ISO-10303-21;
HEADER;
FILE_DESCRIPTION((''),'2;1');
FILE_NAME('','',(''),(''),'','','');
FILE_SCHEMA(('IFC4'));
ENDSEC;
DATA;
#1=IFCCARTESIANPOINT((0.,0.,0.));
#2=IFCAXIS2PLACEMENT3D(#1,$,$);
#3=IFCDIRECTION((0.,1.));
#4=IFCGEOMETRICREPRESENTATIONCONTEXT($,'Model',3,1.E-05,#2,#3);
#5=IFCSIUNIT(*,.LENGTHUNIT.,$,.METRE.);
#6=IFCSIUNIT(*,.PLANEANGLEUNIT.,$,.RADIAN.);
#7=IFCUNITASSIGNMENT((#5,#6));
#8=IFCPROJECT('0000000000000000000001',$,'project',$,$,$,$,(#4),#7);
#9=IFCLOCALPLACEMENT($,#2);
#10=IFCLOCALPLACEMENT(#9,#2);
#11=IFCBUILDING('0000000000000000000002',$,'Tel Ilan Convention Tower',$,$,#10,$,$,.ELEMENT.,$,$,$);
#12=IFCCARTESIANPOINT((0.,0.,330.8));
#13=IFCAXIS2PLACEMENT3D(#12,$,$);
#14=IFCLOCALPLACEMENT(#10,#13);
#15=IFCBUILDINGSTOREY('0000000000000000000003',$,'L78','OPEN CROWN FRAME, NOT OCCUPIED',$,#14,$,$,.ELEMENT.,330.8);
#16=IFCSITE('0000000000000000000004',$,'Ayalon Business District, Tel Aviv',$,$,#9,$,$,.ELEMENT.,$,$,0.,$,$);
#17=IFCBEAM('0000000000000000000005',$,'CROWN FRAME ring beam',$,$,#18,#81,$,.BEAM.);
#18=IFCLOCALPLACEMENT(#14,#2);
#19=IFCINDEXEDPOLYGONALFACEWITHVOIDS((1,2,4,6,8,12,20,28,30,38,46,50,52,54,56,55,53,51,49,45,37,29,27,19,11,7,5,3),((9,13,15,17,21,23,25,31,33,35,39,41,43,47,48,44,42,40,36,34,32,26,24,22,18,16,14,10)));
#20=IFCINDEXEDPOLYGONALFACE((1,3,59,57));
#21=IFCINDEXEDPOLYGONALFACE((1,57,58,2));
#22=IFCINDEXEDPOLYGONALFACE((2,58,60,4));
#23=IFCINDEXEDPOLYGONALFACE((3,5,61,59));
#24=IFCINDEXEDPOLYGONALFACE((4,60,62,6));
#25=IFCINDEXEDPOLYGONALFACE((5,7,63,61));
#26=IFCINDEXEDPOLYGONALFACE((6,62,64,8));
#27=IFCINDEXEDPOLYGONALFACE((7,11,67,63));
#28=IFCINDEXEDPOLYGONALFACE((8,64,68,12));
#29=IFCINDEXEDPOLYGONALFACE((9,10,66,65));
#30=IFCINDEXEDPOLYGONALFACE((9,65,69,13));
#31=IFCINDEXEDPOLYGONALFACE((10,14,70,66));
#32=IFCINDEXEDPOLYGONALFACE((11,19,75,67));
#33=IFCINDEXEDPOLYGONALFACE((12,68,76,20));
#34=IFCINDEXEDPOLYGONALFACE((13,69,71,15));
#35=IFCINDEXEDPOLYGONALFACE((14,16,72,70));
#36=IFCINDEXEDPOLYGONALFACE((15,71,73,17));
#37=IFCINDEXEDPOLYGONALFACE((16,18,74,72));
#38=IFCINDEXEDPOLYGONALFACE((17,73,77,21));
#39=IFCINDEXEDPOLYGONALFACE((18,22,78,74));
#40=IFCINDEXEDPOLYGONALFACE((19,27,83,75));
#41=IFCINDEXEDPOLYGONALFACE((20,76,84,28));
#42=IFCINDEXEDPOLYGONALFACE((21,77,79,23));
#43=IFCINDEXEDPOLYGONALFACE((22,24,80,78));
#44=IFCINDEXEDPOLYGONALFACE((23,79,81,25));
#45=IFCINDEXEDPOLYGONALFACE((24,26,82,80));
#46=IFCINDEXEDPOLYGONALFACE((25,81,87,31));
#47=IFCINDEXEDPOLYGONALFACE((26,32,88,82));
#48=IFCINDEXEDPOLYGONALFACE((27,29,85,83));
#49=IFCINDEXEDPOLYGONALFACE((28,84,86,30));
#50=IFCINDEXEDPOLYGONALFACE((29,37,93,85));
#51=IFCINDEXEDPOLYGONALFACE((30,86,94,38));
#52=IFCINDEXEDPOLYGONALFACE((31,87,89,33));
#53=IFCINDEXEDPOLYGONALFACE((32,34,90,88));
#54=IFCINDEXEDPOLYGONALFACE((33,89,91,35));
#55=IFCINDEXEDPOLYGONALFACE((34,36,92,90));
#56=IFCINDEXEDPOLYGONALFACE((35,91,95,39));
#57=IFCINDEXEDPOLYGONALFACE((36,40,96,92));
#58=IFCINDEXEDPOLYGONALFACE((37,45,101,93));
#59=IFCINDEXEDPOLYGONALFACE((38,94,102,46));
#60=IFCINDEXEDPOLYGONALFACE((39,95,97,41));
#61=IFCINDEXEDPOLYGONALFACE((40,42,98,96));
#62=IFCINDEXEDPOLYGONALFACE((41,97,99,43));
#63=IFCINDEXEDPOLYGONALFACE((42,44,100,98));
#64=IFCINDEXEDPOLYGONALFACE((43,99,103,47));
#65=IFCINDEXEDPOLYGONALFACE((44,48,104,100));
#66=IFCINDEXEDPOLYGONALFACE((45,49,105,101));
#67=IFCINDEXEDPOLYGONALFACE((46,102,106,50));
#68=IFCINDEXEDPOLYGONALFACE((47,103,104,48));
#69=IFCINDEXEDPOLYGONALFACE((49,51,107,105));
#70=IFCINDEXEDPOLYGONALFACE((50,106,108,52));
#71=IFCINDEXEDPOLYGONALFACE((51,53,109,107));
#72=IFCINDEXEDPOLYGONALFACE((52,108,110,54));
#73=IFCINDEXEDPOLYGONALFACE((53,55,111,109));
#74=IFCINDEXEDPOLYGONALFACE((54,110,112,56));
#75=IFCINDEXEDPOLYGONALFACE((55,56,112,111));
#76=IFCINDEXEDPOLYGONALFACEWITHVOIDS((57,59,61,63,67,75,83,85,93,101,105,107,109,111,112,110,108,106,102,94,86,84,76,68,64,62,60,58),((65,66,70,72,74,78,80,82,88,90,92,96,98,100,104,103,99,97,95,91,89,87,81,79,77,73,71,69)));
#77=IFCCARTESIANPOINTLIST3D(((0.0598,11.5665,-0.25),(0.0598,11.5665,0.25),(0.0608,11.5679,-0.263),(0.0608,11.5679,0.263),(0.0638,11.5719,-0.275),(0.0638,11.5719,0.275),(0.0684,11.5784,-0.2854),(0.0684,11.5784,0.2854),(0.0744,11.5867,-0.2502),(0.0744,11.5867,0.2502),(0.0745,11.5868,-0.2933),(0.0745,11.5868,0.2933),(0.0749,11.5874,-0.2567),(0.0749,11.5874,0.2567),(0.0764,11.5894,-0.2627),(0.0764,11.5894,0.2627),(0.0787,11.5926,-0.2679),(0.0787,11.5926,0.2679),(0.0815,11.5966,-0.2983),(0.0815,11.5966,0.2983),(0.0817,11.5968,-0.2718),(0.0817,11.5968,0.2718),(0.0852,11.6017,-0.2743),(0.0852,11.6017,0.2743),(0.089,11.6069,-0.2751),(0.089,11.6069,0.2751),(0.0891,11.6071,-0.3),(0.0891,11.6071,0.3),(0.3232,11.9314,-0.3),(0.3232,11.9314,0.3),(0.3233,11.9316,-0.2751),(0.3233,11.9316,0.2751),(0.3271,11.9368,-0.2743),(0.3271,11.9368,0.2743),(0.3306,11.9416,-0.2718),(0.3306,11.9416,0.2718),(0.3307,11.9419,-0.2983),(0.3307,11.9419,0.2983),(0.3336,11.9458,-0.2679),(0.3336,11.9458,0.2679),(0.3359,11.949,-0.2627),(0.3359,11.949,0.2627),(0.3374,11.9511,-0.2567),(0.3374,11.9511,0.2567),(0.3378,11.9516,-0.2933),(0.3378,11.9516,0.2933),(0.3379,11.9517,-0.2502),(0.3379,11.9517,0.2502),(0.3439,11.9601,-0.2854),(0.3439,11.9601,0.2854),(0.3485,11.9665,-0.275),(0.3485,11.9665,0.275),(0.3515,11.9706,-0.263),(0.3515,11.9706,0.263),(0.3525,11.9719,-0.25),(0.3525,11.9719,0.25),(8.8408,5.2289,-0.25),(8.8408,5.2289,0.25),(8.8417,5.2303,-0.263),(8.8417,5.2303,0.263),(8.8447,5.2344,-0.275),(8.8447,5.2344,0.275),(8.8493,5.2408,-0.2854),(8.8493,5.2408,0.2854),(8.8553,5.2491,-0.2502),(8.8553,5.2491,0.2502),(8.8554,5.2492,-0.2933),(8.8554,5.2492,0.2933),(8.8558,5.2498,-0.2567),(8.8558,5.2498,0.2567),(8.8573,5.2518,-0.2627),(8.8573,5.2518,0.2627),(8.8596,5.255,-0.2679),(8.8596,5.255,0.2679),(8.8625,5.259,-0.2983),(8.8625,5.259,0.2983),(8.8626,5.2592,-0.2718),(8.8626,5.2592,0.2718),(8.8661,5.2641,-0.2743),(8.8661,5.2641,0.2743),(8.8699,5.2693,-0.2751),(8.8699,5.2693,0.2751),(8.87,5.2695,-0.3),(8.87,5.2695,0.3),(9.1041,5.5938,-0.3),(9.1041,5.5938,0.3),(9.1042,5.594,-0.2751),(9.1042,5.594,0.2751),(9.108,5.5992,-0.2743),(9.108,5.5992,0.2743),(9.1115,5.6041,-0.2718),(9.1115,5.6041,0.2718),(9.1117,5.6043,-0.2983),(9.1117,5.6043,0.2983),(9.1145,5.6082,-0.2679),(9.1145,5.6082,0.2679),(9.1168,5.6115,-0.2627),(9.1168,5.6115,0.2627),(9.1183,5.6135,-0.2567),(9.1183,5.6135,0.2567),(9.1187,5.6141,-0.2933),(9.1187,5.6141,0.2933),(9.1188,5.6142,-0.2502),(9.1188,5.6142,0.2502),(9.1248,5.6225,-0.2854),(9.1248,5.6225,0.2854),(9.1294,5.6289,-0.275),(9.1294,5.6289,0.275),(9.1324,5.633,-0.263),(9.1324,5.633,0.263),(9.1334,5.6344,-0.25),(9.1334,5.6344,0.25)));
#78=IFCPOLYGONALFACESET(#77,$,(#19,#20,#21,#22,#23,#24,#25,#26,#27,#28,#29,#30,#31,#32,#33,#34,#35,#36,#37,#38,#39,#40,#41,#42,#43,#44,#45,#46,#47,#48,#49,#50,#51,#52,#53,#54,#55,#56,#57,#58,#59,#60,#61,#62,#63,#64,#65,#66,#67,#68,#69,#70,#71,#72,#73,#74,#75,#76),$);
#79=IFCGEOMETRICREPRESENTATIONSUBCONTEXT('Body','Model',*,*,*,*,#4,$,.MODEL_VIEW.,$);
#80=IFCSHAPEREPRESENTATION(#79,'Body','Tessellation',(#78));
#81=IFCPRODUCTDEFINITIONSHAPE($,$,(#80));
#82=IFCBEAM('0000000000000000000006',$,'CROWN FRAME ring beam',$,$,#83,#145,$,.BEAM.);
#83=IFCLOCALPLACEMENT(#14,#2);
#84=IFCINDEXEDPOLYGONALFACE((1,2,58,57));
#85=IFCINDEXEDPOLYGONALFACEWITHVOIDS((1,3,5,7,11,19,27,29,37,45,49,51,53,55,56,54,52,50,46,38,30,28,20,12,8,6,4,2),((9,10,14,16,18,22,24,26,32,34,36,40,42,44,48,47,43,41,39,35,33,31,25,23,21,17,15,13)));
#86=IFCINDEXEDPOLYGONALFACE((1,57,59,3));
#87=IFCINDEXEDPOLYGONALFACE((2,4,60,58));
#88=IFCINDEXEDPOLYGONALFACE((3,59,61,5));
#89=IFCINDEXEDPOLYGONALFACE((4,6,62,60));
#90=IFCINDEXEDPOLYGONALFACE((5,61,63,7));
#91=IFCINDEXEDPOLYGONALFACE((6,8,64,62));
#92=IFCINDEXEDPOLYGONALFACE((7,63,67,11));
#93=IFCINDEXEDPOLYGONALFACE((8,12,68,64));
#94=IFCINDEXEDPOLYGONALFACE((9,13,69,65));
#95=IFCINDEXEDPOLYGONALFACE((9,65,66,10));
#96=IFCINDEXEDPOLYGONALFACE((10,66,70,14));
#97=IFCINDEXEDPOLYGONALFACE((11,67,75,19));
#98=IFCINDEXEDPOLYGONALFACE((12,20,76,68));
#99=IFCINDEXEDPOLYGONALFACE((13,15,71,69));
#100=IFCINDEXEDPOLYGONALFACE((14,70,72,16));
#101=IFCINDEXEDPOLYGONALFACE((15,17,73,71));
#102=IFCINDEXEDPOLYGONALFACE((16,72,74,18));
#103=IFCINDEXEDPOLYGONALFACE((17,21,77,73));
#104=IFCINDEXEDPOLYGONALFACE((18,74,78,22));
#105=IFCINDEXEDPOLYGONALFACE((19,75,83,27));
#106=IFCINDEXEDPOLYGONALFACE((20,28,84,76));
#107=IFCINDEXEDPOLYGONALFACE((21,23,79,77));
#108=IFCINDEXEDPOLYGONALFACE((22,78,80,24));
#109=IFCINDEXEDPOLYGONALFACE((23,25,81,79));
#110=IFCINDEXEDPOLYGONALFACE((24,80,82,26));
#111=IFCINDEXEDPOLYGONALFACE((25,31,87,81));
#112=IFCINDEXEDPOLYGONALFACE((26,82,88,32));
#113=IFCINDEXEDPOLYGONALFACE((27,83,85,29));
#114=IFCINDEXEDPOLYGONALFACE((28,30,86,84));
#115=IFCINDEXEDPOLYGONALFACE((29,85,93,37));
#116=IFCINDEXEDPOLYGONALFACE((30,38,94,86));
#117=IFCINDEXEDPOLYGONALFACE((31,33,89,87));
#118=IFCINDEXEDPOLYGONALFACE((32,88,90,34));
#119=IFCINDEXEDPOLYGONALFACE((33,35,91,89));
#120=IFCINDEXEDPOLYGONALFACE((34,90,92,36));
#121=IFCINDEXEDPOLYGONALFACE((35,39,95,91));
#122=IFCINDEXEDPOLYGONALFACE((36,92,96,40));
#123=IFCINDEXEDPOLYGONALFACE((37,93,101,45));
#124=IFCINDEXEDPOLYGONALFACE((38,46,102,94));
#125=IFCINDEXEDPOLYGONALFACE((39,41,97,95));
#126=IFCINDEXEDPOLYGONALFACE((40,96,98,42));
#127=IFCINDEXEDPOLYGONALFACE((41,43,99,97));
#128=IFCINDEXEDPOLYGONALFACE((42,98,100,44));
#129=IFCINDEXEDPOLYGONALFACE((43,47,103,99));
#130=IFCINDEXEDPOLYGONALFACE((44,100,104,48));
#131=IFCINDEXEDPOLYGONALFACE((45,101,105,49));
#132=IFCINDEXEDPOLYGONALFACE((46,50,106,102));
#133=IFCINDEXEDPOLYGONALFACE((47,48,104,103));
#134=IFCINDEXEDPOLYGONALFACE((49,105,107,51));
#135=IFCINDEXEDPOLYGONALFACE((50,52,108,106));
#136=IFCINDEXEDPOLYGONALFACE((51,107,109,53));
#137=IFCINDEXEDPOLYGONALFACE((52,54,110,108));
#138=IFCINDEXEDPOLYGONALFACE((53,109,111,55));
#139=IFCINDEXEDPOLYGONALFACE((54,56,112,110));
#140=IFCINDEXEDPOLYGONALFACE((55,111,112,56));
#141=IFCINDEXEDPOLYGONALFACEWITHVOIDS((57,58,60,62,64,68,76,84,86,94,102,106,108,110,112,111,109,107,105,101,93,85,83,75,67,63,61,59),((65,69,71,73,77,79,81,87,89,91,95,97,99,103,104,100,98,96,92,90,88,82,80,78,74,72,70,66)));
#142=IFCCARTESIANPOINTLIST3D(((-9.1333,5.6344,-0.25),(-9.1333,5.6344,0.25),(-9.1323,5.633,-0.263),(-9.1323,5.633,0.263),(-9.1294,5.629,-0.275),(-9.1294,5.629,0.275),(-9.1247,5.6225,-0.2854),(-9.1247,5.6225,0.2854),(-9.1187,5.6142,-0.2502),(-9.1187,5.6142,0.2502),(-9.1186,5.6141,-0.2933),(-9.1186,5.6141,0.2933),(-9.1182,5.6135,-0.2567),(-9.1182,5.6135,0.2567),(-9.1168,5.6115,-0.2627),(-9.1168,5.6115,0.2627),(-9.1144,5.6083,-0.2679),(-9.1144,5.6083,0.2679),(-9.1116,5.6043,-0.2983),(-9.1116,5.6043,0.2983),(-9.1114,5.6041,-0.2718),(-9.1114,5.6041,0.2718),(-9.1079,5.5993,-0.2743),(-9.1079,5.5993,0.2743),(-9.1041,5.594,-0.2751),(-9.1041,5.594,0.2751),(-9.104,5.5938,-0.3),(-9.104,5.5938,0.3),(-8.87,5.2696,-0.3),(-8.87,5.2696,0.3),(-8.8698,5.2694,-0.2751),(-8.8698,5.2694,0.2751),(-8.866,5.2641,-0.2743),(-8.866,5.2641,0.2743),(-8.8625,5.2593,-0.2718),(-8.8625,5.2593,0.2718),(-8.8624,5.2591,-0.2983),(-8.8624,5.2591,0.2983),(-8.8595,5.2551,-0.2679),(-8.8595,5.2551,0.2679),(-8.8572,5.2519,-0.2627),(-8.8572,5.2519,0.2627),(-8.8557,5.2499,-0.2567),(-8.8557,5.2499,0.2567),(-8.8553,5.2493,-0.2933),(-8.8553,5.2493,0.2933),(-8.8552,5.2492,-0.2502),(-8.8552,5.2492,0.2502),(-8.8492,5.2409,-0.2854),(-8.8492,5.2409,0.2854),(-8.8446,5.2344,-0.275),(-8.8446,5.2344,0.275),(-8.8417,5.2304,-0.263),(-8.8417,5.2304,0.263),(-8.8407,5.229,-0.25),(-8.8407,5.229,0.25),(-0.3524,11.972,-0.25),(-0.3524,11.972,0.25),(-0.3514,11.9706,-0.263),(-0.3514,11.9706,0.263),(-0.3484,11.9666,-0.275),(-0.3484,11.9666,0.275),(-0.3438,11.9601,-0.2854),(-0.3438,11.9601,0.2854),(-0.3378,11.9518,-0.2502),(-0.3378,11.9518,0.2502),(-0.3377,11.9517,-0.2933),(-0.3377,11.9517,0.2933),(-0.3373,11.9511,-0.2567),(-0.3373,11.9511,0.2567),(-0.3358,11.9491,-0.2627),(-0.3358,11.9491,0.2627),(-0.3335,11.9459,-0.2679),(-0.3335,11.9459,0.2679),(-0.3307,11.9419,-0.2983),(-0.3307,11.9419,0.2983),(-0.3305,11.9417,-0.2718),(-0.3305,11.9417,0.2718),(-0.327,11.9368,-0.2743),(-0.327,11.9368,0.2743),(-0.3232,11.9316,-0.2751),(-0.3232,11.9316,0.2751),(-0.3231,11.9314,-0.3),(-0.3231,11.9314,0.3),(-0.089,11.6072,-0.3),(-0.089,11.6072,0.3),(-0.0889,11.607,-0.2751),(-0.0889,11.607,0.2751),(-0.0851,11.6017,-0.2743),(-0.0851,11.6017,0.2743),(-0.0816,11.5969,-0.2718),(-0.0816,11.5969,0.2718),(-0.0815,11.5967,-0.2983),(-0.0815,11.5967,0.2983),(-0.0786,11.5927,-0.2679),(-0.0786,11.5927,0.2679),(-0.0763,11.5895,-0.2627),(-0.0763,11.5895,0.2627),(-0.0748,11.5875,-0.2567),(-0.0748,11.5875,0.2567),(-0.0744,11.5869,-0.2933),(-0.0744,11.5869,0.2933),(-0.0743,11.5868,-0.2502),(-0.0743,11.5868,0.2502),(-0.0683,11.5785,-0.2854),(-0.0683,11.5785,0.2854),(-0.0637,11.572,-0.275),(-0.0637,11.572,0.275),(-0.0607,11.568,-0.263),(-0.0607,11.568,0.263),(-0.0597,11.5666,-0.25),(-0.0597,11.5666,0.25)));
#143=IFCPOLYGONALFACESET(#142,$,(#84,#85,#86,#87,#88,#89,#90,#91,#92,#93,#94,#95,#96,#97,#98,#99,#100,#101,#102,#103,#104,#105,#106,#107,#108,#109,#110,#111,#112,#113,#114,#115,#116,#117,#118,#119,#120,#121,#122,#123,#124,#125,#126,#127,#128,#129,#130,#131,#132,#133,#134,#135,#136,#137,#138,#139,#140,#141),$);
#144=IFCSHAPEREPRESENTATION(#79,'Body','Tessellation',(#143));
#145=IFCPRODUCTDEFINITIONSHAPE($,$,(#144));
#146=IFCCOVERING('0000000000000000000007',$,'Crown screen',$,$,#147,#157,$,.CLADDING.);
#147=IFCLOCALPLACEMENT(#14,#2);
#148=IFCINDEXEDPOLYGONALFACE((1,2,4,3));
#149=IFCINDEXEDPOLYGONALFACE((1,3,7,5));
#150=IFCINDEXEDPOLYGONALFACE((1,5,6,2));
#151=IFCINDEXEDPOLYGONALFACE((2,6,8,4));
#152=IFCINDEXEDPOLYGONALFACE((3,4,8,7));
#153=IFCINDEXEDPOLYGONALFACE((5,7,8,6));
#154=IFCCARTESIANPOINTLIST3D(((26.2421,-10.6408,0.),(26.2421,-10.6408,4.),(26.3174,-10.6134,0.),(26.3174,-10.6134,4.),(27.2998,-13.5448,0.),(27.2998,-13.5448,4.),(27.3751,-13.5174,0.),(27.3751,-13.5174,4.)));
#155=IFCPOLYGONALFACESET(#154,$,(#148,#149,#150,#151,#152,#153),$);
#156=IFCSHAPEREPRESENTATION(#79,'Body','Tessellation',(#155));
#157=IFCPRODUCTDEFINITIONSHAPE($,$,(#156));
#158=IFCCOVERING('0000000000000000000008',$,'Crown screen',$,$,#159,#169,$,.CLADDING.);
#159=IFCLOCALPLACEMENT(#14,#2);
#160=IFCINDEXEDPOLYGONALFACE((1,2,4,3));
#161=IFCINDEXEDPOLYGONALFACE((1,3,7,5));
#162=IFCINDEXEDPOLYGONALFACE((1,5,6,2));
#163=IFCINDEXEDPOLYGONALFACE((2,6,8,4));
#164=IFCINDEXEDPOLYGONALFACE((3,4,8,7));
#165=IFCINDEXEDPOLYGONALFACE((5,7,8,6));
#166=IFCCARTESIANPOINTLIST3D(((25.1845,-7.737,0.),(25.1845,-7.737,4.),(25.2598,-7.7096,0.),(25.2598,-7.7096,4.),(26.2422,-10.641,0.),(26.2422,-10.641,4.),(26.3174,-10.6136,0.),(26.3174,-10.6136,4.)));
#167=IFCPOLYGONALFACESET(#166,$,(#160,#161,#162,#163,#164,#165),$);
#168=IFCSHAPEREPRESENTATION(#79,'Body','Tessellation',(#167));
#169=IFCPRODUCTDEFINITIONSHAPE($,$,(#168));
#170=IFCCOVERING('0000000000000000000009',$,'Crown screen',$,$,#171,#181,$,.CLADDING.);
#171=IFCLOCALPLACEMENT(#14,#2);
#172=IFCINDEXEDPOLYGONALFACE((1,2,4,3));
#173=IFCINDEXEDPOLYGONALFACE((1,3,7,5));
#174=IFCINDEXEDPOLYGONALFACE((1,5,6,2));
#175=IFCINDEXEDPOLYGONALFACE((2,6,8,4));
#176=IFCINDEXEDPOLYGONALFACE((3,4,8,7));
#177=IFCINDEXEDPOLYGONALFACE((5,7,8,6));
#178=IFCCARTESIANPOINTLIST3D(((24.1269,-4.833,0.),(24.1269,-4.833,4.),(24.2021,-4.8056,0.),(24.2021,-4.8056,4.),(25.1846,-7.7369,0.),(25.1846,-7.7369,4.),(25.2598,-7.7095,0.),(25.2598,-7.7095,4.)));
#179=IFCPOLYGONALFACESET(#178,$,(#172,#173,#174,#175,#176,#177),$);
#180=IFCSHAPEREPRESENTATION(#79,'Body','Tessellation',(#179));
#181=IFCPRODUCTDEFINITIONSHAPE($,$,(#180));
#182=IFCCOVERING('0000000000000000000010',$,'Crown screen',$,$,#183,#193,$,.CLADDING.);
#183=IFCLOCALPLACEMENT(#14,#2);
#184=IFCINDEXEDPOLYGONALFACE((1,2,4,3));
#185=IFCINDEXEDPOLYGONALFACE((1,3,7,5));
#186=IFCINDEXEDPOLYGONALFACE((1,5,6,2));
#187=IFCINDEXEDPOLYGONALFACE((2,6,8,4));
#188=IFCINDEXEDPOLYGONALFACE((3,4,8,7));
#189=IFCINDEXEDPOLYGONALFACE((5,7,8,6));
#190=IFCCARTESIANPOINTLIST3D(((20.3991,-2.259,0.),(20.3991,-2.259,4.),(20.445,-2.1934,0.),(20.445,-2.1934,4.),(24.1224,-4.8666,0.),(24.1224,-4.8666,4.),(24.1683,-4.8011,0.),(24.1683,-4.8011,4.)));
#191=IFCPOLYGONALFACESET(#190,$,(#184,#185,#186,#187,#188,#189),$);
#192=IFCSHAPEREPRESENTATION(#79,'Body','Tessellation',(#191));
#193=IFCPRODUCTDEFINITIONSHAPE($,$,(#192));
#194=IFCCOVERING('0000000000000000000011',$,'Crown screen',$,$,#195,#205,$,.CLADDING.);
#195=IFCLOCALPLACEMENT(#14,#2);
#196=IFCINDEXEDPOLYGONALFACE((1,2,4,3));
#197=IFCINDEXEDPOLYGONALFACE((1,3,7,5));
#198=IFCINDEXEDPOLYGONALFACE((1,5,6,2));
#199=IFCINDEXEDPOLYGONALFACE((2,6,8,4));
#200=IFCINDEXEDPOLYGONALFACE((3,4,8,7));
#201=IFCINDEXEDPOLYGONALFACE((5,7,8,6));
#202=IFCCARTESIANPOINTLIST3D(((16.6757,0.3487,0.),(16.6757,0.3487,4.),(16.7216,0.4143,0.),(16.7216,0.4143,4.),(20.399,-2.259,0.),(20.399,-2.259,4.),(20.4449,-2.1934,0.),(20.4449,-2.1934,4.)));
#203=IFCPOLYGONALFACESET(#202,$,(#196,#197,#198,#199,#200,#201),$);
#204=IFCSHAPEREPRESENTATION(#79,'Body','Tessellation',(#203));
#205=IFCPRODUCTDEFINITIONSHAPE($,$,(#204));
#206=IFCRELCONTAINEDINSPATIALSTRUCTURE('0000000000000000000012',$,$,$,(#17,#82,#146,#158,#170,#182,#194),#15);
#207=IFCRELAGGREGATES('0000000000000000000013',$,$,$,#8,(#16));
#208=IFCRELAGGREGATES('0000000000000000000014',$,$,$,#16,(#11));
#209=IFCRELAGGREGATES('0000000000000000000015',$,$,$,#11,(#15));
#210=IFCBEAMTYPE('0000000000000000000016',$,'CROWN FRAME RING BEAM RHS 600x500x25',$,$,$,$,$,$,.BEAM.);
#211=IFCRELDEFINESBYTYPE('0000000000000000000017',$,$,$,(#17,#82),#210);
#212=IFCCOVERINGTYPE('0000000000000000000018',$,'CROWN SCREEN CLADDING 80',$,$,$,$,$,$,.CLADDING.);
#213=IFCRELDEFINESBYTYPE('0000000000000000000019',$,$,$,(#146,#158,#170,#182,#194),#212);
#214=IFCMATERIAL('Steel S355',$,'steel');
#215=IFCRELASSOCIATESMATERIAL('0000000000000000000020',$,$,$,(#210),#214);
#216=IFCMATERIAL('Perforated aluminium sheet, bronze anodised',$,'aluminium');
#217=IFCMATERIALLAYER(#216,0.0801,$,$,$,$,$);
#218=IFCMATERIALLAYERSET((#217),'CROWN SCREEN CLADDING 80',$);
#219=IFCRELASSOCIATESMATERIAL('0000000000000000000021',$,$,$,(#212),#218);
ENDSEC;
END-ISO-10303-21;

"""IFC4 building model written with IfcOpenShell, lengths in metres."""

from ifc_helpers import new_model, si_unit, direction, frame, origin, origin_2d, place, context, subcontext, project, spatial, rectangle, hollow_rectangle, extrude, material, layer, layer_set, material_profile, profile_set, type_object, element, save


model = new_model("IFC4")

# Units and contexts
model_context = context("Model", 3, precision=1e-05, world=origin(), true_north=direction((0.0, 1.0)))
body_context = subcontext(model_context, "Body", "Model", "MODEL_VIEW")
ifc_project = project(units=[si_unit("LENGTHUNIT", "METRE"), si_unit("PLANEANGLEUNIT", "RADIAN")], contexts=[model_context])

# Site, building, storey
site_placement = place(None, origin())
site = spatial("IfcSite", under=ifc_project, at=site_placement, Name="Ayalon Business District, Tel Aviv", CompositionType="ELEMENT", RefElevation=0.0)
building_placement = place(site_placement, origin())
building = spatial("IfcBuilding", under=site, at=building_placement, Name="Tel Ilan Convention Tower", CompositionType="ELEMENT")
storey_placement = place(building_placement, frame((0.0, 0.0, 330.8)))
storey = spatial("IfcBuildingStorey", under=building, at=storey_placement, Name="L78", Description="OPEN CROWN FRAME, NOT OCCUPIED", CompositionType="ELEMENT", Elevation=330.8)

# Beams
ifc_material_1 = material(Name="Steel S355", Category="steel")
ifc_material_profile_1 = material_profile(ifc_material_1, hollow_rectangle(XDim=0.5, YDim=0.6001, WallThickness=0.0249, InnerFilletRadius=0.0249, OuterFilletRadius=0.05, at=origin_2d()), Name="RHS 600x500x25")
ifc_profile_set_1 = profile_set([ifc_material_profile_1], Name="Steel S355")
beam_type = type_object("IfcBeamType", Name="CROWN FRAME RING BEAM RHS 600x500x25", PredefinedType="BEAM", material=ifc_profile_set_1)
for number, where, z_axis, x_axis, name in (
    (1, (8.9871, 5.4316, 0.0), (-0.810863, 0.585236, 0.0), (-0.585236, -0.810863, 0.0), "CROWN FRAME ring beam"),
    (2, (-0.2061, 11.7693, 0.0), (-0.810863, -0.585236, 0.0), (0.585236, -0.810863, 0.0), "CROWN FRAME ring beam"),
):
    element("IfcBeam", number, at=place(storey_placement, frame(where, z_axis=z_axis, x_axis=x_axis)), inside=storey, type_object=beam_type, Name=name, PredefinedType="BEAM", context=body_context, shape_type="SweptSolid", body=[
        extrude(hollow_rectangle(XDim=0.5, YDim=0.6001, WallThickness=0.0249, InnerFilletRadius=0.0249, OuterFilletRadius=0.05, at=origin_2d()), origin(), (0.0, 0.0, 1.0), 10.8291),
    ])

# Coverings
ifc_material_2 = material(Name="Perforated aluminium sheet, bronze anodised", Category="aluminium")
ifc_layer = layer(ifc_material_2, 0.0801)
ifc_layer_set = layer_set([ifc_layer], Name="CROWN SCREEN CLADDING 80")
covering_type = type_object("IfcCoveringType", Name="CROWN SCREEN CLADDING 80", PredefinedType="CLADDING", material=ifc_layer_set)
for number, where, z_axis, x_axis, name in (
    (3, (26.8086, -12.0791, 0.0), (0.0, 0.0, 1.0), (-0.342225, 0.939618, 0.0), "Crown screen"),
    (4, (25.751, -9.1753, 0.0), (0.0, 0.0, 1.0), (-0.342225, 0.939618, 0.0), "Crown screen"),
    (5, (24.6934, -6.2712, 0.0), (0.0, 0.0, 1.0), (-0.342225, 0.939618, 0.0), "Crown screen"),
):
    element("IfcCovering", number, at=place(storey_placement, frame(where, z_axis=z_axis, x_axis=x_axis)), inside=storey, type_object=covering_type, Name=name, PredefinedType="CLADDING", context=body_context, shape_type="SweptSolid", body=[
        extrude(rectangle(XDim=3.0906, YDim=0.0801, at=origin_2d()), origin(), (0.0, 0.0, 1.0), 4.0),
    ])
for number, where, z_axis, x_axis, name in (
    (6, (22.2837, -3.53, 0.0), (0.0, 0.0, 1.0), (-0.819096, 0.573656, 0.0), "Crown screen"),
    (7, (18.5603, -0.9224, 0.0), (0.0, 0.0, 1.0), (-0.819096, 0.573656, 0.0), "Crown screen"),
):
    element("IfcCovering", number, at=place(storey_placement, frame(where, z_axis=z_axis, x_axis=x_axis)), inside=storey, type_object=covering_type, Name=name, PredefinedType="CLADDING", context=body_context, shape_type="SweptSolid", body=[
        extrude(rectangle(XDim=4.5457, YDim=0.0801, at=origin_2d()), origin(), (0.0, 0.0, 1.0), 4.0),
    ])

save(model, "model.ifc")
